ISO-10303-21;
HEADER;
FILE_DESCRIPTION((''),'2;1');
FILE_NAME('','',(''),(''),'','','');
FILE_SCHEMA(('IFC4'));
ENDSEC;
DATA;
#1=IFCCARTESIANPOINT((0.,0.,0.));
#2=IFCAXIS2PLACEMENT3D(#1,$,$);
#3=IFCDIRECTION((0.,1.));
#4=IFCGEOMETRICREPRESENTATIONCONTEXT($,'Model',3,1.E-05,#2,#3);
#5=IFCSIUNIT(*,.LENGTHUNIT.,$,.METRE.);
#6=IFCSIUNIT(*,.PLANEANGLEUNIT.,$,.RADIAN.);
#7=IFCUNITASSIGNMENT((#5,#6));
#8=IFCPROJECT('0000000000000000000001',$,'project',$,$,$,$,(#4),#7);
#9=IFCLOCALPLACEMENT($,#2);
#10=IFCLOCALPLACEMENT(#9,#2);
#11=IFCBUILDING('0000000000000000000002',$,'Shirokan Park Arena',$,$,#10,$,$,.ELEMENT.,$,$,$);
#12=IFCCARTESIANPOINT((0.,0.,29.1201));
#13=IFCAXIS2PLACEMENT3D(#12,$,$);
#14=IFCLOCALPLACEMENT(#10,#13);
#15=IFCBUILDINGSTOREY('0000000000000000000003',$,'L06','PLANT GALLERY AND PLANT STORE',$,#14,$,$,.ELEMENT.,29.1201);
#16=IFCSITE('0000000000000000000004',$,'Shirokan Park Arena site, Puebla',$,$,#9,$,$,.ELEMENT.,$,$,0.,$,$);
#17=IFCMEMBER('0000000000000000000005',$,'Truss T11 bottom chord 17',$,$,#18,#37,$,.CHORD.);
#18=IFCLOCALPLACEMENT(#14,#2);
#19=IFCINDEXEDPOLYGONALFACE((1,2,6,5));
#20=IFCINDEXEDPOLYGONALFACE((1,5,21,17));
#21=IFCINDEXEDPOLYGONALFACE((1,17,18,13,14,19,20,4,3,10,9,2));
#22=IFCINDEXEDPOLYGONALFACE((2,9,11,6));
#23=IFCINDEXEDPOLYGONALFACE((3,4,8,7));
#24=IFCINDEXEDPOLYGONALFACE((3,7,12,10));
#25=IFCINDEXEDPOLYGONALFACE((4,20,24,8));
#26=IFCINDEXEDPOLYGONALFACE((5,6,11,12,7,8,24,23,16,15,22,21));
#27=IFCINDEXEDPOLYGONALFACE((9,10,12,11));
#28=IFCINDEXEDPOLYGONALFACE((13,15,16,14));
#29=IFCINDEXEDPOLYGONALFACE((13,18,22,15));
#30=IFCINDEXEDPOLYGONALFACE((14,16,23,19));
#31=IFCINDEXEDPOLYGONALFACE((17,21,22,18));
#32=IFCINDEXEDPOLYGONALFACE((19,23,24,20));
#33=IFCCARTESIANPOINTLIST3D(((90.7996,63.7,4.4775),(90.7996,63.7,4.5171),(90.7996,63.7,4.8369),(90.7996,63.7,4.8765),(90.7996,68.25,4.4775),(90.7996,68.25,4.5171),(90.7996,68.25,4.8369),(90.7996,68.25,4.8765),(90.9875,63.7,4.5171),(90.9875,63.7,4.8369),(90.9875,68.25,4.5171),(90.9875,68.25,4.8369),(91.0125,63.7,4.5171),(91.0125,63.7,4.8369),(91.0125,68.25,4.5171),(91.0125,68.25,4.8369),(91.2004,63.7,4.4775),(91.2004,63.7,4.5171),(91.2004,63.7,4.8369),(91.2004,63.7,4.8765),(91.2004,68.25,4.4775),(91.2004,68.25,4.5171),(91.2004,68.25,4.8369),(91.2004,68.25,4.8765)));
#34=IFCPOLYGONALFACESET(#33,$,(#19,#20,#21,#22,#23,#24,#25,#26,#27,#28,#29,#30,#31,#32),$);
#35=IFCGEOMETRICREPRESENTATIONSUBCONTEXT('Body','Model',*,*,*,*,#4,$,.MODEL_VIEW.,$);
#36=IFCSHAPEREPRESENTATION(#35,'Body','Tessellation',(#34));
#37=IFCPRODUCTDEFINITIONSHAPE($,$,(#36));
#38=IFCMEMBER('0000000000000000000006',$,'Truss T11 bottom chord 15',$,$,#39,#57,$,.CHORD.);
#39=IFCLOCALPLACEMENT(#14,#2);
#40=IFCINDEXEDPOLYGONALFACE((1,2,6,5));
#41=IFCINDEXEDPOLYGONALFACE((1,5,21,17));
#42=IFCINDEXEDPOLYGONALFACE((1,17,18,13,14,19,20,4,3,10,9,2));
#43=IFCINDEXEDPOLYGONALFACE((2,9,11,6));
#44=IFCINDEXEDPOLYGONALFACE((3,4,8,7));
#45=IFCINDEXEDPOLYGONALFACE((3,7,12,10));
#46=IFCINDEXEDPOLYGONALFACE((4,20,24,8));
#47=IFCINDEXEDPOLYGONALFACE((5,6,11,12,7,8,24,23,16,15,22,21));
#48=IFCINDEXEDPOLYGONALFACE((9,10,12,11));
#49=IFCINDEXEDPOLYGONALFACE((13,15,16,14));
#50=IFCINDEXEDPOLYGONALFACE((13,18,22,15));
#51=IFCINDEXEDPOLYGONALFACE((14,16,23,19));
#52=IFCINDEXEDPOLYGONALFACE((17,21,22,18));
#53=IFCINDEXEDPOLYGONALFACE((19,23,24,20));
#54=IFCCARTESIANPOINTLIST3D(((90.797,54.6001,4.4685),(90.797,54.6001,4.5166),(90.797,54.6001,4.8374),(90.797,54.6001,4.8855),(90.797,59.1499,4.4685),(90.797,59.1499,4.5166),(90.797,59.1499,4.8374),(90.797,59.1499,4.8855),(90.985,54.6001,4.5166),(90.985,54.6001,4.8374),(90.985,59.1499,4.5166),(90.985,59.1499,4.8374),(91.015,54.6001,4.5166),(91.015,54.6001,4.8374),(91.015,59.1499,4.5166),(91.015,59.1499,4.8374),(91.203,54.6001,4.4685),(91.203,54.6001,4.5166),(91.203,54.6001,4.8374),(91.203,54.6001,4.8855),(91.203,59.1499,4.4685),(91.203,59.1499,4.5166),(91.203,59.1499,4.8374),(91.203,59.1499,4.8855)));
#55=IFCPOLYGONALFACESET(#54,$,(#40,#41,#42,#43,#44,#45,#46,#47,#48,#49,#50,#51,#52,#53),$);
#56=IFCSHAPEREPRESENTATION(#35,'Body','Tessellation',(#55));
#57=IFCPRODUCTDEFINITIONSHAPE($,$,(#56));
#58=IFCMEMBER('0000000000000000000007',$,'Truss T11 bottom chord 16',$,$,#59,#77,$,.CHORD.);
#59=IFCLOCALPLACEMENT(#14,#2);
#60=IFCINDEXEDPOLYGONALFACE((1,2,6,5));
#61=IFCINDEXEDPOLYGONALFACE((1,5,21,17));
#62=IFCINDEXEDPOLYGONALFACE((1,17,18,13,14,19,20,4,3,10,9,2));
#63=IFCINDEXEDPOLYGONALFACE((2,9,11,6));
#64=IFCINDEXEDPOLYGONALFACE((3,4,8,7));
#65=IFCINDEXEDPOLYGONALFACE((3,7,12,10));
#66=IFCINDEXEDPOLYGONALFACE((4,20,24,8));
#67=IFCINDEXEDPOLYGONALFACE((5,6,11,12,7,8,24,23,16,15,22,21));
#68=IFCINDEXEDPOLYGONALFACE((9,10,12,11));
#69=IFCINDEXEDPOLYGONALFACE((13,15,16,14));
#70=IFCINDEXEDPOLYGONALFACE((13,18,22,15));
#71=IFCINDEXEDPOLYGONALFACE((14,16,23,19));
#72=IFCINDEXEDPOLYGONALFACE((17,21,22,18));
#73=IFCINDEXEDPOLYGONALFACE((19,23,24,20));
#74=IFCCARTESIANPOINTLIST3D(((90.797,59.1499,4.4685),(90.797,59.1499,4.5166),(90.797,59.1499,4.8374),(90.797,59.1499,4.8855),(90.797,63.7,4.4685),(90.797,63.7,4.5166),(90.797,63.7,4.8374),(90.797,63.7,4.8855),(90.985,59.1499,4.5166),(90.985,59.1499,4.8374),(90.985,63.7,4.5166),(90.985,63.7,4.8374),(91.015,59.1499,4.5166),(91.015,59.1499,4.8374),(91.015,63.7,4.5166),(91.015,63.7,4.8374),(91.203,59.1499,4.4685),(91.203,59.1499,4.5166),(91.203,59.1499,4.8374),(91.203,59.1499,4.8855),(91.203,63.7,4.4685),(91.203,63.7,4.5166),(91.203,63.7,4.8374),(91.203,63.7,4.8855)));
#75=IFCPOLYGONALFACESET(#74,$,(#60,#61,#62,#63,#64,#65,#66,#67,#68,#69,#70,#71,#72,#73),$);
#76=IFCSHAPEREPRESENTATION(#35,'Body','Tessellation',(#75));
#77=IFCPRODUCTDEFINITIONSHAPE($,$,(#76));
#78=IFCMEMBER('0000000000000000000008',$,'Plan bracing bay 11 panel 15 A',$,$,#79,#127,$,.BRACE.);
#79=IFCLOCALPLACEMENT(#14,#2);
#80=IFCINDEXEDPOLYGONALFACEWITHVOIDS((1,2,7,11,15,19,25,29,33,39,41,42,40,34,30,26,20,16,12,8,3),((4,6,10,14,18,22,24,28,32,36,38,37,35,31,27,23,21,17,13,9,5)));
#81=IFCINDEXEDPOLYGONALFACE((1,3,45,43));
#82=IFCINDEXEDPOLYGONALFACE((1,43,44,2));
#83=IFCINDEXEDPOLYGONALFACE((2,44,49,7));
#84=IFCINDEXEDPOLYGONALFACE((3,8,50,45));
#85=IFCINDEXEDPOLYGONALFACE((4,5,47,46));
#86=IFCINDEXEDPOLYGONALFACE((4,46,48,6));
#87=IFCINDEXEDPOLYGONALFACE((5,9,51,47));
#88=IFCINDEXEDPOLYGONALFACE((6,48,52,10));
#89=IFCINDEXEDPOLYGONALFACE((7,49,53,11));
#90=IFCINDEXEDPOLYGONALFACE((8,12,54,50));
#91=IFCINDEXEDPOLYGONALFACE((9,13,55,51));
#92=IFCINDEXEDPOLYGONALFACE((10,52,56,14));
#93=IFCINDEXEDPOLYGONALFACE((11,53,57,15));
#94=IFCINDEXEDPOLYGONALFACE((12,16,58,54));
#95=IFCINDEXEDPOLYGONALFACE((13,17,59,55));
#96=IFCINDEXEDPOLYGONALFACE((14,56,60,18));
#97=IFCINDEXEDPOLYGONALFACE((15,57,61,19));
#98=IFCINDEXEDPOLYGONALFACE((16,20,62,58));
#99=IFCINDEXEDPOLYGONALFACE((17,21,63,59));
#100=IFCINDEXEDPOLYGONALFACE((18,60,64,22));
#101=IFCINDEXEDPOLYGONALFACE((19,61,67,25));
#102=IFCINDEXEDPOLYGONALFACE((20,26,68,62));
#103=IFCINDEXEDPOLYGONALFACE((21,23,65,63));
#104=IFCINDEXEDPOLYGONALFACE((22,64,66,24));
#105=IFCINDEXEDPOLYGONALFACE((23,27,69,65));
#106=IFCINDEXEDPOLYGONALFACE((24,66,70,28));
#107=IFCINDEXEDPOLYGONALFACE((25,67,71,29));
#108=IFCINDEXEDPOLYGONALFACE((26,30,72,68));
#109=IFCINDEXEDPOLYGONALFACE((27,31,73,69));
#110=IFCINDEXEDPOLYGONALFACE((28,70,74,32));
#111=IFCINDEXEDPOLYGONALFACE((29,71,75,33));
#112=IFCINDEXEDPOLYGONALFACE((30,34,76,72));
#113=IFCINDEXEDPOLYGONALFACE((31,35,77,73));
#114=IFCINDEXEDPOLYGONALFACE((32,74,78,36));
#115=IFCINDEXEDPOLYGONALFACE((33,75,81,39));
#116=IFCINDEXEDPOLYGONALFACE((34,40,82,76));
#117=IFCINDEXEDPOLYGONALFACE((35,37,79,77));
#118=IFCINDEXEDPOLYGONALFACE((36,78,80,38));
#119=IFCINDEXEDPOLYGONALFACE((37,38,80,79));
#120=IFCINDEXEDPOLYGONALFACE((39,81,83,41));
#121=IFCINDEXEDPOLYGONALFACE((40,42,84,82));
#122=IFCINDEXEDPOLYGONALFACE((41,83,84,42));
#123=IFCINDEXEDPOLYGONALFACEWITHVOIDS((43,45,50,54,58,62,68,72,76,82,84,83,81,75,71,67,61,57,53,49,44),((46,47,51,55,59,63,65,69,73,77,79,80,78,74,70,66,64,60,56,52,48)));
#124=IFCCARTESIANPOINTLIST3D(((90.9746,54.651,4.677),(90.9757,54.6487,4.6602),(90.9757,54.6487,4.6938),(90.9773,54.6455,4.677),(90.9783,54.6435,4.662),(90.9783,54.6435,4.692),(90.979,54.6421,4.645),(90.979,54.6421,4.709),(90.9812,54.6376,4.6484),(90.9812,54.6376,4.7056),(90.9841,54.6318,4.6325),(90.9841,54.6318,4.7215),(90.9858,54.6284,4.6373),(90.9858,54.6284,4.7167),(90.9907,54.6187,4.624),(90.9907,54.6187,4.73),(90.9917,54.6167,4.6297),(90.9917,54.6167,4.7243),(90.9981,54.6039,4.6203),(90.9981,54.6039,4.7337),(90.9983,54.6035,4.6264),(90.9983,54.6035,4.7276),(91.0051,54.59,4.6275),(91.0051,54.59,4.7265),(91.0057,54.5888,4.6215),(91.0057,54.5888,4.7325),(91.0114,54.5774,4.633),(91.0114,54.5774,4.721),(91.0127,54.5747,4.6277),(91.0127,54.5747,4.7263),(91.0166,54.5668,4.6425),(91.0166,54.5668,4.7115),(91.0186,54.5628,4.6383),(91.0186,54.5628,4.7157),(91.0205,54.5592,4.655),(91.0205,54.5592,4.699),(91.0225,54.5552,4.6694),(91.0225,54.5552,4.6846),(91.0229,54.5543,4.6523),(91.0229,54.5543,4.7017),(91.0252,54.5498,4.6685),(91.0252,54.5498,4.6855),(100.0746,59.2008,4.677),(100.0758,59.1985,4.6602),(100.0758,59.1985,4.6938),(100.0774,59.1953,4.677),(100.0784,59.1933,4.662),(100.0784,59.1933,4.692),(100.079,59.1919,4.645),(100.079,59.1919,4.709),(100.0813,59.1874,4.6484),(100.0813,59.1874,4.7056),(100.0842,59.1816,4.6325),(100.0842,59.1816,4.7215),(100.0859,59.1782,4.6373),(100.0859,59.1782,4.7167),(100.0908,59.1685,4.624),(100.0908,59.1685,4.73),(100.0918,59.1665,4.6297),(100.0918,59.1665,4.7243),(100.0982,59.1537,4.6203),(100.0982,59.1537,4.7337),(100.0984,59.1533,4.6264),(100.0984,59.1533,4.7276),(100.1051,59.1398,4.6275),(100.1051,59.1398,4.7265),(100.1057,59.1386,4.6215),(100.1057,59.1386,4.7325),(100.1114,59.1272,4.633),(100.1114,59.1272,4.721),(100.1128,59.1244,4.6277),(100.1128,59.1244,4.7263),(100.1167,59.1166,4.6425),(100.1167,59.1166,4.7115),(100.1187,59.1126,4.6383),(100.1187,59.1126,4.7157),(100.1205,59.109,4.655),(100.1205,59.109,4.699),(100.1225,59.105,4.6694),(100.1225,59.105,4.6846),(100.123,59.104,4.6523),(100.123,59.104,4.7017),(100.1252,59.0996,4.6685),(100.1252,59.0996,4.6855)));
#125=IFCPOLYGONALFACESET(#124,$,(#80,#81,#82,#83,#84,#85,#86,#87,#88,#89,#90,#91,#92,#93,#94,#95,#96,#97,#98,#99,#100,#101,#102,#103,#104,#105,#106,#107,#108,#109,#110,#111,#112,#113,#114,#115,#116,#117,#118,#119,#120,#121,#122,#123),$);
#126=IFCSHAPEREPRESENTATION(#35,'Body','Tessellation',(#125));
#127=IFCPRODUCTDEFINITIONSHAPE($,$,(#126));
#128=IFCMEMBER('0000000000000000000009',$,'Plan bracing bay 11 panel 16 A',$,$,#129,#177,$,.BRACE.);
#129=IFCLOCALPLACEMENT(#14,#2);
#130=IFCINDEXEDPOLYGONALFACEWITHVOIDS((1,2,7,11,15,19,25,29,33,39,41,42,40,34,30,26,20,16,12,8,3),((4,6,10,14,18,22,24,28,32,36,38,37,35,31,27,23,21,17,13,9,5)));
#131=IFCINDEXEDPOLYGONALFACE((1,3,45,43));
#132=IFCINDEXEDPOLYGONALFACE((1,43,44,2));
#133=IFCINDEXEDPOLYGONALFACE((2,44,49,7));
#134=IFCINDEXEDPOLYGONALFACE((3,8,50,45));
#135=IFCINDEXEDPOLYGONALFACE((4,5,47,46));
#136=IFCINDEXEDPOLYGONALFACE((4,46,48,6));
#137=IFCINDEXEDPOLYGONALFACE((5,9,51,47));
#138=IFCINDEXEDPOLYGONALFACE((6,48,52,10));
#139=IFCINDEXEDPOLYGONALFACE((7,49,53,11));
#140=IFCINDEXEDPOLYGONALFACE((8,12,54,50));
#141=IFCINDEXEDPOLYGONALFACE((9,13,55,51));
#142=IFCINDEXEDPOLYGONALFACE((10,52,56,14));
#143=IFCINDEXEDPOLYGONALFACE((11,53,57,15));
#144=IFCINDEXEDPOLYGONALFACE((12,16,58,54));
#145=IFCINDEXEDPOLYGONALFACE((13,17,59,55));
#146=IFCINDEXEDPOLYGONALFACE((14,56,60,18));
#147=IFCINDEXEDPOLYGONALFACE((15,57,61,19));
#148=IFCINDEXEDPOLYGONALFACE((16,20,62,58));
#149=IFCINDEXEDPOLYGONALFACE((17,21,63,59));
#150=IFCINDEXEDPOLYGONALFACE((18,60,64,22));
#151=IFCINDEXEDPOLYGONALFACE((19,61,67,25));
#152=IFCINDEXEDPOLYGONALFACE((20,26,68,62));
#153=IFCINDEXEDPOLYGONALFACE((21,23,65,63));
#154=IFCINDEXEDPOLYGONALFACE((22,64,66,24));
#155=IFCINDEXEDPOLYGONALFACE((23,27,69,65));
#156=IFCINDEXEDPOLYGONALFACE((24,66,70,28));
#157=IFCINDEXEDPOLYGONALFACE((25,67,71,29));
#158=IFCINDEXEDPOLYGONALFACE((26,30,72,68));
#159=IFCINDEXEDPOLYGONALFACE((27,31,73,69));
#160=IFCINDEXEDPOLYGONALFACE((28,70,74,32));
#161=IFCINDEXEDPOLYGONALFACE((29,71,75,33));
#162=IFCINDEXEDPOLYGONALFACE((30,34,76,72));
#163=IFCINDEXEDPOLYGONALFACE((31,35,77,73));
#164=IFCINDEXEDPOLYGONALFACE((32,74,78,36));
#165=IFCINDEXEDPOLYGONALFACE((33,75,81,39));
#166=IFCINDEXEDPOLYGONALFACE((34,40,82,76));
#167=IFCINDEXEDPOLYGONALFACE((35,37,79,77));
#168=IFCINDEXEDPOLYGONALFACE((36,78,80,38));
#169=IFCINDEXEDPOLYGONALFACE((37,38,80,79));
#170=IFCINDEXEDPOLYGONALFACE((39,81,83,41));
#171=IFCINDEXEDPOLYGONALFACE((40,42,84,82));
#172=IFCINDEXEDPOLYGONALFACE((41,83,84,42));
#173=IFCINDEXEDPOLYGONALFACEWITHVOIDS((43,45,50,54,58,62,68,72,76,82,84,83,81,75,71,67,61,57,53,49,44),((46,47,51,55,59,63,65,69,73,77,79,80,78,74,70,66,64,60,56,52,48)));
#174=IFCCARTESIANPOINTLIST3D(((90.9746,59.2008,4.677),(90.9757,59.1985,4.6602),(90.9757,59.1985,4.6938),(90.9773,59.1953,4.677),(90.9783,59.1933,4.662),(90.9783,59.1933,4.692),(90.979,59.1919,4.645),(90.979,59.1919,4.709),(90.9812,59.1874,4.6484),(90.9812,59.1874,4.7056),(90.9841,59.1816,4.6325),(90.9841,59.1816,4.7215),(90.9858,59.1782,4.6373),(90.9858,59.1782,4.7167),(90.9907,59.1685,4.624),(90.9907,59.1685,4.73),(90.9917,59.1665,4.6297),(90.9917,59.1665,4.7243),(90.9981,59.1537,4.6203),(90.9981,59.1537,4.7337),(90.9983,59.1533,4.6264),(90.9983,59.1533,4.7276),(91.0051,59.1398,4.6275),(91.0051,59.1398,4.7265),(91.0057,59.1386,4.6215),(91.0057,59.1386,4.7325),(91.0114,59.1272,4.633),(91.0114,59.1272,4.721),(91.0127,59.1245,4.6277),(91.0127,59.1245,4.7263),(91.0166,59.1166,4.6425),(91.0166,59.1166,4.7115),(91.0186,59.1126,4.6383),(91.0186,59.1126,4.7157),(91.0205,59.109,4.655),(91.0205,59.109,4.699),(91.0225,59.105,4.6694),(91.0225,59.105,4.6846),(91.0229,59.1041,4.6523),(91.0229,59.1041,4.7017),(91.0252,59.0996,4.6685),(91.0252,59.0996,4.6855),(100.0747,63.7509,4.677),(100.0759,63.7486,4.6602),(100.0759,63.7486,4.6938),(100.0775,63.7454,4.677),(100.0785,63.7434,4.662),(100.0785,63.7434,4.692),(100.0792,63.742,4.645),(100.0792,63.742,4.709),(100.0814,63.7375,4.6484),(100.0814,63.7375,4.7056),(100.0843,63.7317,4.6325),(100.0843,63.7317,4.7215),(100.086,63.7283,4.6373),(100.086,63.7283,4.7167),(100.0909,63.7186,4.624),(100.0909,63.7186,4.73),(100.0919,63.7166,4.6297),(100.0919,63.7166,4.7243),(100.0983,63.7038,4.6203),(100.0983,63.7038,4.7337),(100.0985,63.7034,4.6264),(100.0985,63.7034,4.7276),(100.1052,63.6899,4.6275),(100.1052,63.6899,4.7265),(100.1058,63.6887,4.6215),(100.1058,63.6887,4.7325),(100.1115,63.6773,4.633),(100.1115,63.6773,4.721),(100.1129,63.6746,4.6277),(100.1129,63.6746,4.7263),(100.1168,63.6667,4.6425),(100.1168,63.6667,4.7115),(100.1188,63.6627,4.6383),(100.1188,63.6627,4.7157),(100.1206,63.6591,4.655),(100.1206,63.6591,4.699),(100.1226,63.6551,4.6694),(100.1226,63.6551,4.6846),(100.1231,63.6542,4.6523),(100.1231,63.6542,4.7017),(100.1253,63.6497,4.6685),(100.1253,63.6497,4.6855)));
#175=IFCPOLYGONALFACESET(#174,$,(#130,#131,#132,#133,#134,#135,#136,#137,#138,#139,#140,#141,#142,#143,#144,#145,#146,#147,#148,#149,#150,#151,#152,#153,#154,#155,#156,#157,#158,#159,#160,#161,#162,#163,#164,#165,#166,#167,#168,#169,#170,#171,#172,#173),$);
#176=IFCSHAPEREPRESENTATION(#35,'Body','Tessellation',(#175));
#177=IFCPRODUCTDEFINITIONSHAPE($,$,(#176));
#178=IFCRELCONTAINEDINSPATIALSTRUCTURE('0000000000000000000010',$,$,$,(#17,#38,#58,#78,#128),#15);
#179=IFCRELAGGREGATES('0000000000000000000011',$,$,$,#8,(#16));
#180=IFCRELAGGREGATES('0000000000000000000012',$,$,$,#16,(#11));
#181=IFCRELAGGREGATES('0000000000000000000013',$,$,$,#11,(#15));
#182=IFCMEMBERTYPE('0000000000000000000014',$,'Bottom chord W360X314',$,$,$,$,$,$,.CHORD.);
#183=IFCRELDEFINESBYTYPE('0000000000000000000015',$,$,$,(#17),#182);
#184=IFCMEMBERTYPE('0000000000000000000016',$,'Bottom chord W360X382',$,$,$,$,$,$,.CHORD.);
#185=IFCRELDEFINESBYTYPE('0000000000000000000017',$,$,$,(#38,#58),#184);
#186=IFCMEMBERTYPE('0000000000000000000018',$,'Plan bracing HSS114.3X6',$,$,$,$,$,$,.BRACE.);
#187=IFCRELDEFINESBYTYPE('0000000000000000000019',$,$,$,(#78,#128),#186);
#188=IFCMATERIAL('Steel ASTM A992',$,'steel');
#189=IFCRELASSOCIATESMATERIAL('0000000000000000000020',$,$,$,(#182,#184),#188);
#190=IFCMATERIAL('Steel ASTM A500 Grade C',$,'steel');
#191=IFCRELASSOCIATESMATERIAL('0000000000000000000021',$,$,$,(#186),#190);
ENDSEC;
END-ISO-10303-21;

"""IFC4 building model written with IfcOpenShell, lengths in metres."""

from ifc_helpers import new_model, si_unit, direction, frame, origin, origin_2d, place, context, subcontext, project, spatial, hollow_circle, i_section, extrude, material, material_profile, profile_set, type_object, element, save


model = new_model("IFC4")

# Units and contexts
model_context = context("Model", 3, precision=1e-05, world=origin(), true_north=direction((0.0, 1.0)))
body_context = subcontext(model_context, "Body", "Model", "MODEL_VIEW")
ifc_project = project(units=[si_unit("LENGTHUNIT", "METRE"), si_unit("PLANEANGLEUNIT", "RADIAN")], contexts=[model_context])

# Site, building, storey
site_placement = place(None, origin())
site = spatial("IfcSite", under=ifc_project, at=site_placement, Name="Shirokan Park Arena site, Puebla", CompositionType="ELEMENT", RefElevation=0.0)
building_placement = place(site_placement, origin())
building = spatial("IfcBuilding", under=site, at=building_placement, Name="Shirokan Park Arena", CompositionType="ELEMENT")
storey_placement = place(building_placement, frame((0.0, 0.0, 29.1201)))
storey = spatial("IfcBuildingStorey", under=building, at=storey_placement, Name="L06", Description="PLANT GALLERY AND PLANT STORE", CompositionType="ELEMENT", Elevation=29.1201)

# Members
ifc_material_1 = material(Name="Steel ASTM A992", Category="steel")
ifc_material_profile_1 = material_profile(ifc_material_1, i_section(OverallWidth=0.4009, OverallDepth=0.3989, WebThickness=0.0249, FlangeThickness=0.0396, at=origin_2d()), Name="W360X314")
ifc_profile_set_1 = profile_set([ifc_material_profile_1], Name="Steel ASTM A992")
member_type_1 = type_object("IfcMemberType", Name="Bottom chord W360X314", PredefinedType="CHORD", material=ifc_profile_set_1)
member_1_placement = place(storey_placement, frame((91.0, 63.7, 4.677), z_axis=(0.0, 1.0, 0.0), x_axis=(-1.0, 0.0, 0.0)))
element("IfcMember", 1, at=member_1_placement, inside=storey, type_object=member_type_1, Name="Truss T11 bottom chord 17", PredefinedType="CHORD", context=body_context, shape_type="SweptSolid", body=[
    extrude(i_section(OverallWidth=0.4009, OverallDepth=0.3989, WebThickness=0.0249, FlangeThickness=0.0396, at=origin_2d()), origin(), (0.0, 0.0, 1.0), 4.55),
])
ifc_material_profile_2 = material_profile(ifc_material_1, i_section(OverallWidth=0.406, OverallDepth=0.417, WebThickness=0.03, FlangeThickness=0.0481, at=origin_2d()), Name="W360X382")
ifc_profile_set_2 = profile_set([ifc_material_profile_2], Name="Steel ASTM A992")
member_type_2 = type_object("IfcMemberType", Name="Bottom chord W360X382", PredefinedType="CHORD", material=ifc_profile_set_2)
member_2_placement = place(storey_placement, frame((91.0, 54.6001, 4.677), z_axis=(0.0, 1.0, 0.0), x_axis=(-1.0, 0.0, 0.0)))
element("IfcMember", 2, at=member_2_placement, inside=storey, type_object=member_type_2, Name="Truss T11 bottom chord 15", PredefinedType="CHORD", context=body_context, shape_type="SweptSolid", body=[
    extrude(i_section(OverallWidth=0.406, OverallDepth=0.417, WebThickness=0.03, FlangeThickness=0.0481, at=origin_2d()), origin(), (0.0, 0.0, 1.0), 4.5498),
])
member_3_placement = place(storey_placement, frame((91.0, 59.1499, 4.677), z_axis=(0.0, 1.0, 0.0), x_axis=(-1.0, 0.0, 0.0)))
element("IfcMember", 3, at=member_3_placement, inside=storey, type_object=member_type_2, Name="Truss T11 bottom chord 16", PredefinedType="CHORD", context=body_context, shape_type="SweptSolid", body=[
    extrude(i_section(OverallWidth=0.406, OverallDepth=0.417, WebThickness=0.03, FlangeThickness=0.0481, at=origin_2d()), origin(), (0.0, 0.0, 1.0), 4.55),
])
ifc_material_2 = material(Name="Steel ASTM A500 Grade C", Category="steel")
ifc_material_profile_3 = material_profile(ifc_material_2, hollow_circle(Radius=0.0569, WallThickness=0.0061, at=origin_2d()), Name="HSS114.3X6")
ifc_profile_set_3 = profile_set([ifc_material_profile_3], Name="Steel ASTM A500 Grade C")
member_type_3 = type_object("IfcMemberType", Name="Plan bracing HSS114.3X6", PredefinedType="BRACE", material=ifc_profile_set_3)
member_4_placement = place(storey_placement, frame((91.0, 54.6001, 4.677), z_axis=(0.894437, 0.447194, 0.0), x_axis=(-0.447194, 0.894437, 0.0)))
element("IfcMember", 4, at=member_4_placement, inside=storey, type_object=member_type_3, Name="Plan bracing bay 11 panel 15 A", PredefinedType="BRACE", context=body_context, shape_type="SweptSolid", body=[
    extrude(hollow_circle(Radius=0.0569, WallThickness=0.0061, at=origin_2d()), origin(), (0.0, 0.0, 1.0), 10.1741),
])
member_5_placement = place(storey_placement, frame((91.0, 59.1499, 4.677), z_axis=(0.894427, 0.447214, 0.0), x_axis=(-0.447214, 0.894427, 0.0)))
element("IfcMember", 5, at=member_5_placement, inside=storey, type_object=member_type_3, Name="Plan bracing bay 11 panel 16 A", PredefinedType="BRACE", context=body_context, shape_type="SweptSolid", body=[
    extrude(hollow_circle(Radius=0.0569, WallThickness=0.0061, at=origin_2d()), origin(), (0.0, 0.0, 1.0), 10.1743),
])

save(model, "model.ifc")
